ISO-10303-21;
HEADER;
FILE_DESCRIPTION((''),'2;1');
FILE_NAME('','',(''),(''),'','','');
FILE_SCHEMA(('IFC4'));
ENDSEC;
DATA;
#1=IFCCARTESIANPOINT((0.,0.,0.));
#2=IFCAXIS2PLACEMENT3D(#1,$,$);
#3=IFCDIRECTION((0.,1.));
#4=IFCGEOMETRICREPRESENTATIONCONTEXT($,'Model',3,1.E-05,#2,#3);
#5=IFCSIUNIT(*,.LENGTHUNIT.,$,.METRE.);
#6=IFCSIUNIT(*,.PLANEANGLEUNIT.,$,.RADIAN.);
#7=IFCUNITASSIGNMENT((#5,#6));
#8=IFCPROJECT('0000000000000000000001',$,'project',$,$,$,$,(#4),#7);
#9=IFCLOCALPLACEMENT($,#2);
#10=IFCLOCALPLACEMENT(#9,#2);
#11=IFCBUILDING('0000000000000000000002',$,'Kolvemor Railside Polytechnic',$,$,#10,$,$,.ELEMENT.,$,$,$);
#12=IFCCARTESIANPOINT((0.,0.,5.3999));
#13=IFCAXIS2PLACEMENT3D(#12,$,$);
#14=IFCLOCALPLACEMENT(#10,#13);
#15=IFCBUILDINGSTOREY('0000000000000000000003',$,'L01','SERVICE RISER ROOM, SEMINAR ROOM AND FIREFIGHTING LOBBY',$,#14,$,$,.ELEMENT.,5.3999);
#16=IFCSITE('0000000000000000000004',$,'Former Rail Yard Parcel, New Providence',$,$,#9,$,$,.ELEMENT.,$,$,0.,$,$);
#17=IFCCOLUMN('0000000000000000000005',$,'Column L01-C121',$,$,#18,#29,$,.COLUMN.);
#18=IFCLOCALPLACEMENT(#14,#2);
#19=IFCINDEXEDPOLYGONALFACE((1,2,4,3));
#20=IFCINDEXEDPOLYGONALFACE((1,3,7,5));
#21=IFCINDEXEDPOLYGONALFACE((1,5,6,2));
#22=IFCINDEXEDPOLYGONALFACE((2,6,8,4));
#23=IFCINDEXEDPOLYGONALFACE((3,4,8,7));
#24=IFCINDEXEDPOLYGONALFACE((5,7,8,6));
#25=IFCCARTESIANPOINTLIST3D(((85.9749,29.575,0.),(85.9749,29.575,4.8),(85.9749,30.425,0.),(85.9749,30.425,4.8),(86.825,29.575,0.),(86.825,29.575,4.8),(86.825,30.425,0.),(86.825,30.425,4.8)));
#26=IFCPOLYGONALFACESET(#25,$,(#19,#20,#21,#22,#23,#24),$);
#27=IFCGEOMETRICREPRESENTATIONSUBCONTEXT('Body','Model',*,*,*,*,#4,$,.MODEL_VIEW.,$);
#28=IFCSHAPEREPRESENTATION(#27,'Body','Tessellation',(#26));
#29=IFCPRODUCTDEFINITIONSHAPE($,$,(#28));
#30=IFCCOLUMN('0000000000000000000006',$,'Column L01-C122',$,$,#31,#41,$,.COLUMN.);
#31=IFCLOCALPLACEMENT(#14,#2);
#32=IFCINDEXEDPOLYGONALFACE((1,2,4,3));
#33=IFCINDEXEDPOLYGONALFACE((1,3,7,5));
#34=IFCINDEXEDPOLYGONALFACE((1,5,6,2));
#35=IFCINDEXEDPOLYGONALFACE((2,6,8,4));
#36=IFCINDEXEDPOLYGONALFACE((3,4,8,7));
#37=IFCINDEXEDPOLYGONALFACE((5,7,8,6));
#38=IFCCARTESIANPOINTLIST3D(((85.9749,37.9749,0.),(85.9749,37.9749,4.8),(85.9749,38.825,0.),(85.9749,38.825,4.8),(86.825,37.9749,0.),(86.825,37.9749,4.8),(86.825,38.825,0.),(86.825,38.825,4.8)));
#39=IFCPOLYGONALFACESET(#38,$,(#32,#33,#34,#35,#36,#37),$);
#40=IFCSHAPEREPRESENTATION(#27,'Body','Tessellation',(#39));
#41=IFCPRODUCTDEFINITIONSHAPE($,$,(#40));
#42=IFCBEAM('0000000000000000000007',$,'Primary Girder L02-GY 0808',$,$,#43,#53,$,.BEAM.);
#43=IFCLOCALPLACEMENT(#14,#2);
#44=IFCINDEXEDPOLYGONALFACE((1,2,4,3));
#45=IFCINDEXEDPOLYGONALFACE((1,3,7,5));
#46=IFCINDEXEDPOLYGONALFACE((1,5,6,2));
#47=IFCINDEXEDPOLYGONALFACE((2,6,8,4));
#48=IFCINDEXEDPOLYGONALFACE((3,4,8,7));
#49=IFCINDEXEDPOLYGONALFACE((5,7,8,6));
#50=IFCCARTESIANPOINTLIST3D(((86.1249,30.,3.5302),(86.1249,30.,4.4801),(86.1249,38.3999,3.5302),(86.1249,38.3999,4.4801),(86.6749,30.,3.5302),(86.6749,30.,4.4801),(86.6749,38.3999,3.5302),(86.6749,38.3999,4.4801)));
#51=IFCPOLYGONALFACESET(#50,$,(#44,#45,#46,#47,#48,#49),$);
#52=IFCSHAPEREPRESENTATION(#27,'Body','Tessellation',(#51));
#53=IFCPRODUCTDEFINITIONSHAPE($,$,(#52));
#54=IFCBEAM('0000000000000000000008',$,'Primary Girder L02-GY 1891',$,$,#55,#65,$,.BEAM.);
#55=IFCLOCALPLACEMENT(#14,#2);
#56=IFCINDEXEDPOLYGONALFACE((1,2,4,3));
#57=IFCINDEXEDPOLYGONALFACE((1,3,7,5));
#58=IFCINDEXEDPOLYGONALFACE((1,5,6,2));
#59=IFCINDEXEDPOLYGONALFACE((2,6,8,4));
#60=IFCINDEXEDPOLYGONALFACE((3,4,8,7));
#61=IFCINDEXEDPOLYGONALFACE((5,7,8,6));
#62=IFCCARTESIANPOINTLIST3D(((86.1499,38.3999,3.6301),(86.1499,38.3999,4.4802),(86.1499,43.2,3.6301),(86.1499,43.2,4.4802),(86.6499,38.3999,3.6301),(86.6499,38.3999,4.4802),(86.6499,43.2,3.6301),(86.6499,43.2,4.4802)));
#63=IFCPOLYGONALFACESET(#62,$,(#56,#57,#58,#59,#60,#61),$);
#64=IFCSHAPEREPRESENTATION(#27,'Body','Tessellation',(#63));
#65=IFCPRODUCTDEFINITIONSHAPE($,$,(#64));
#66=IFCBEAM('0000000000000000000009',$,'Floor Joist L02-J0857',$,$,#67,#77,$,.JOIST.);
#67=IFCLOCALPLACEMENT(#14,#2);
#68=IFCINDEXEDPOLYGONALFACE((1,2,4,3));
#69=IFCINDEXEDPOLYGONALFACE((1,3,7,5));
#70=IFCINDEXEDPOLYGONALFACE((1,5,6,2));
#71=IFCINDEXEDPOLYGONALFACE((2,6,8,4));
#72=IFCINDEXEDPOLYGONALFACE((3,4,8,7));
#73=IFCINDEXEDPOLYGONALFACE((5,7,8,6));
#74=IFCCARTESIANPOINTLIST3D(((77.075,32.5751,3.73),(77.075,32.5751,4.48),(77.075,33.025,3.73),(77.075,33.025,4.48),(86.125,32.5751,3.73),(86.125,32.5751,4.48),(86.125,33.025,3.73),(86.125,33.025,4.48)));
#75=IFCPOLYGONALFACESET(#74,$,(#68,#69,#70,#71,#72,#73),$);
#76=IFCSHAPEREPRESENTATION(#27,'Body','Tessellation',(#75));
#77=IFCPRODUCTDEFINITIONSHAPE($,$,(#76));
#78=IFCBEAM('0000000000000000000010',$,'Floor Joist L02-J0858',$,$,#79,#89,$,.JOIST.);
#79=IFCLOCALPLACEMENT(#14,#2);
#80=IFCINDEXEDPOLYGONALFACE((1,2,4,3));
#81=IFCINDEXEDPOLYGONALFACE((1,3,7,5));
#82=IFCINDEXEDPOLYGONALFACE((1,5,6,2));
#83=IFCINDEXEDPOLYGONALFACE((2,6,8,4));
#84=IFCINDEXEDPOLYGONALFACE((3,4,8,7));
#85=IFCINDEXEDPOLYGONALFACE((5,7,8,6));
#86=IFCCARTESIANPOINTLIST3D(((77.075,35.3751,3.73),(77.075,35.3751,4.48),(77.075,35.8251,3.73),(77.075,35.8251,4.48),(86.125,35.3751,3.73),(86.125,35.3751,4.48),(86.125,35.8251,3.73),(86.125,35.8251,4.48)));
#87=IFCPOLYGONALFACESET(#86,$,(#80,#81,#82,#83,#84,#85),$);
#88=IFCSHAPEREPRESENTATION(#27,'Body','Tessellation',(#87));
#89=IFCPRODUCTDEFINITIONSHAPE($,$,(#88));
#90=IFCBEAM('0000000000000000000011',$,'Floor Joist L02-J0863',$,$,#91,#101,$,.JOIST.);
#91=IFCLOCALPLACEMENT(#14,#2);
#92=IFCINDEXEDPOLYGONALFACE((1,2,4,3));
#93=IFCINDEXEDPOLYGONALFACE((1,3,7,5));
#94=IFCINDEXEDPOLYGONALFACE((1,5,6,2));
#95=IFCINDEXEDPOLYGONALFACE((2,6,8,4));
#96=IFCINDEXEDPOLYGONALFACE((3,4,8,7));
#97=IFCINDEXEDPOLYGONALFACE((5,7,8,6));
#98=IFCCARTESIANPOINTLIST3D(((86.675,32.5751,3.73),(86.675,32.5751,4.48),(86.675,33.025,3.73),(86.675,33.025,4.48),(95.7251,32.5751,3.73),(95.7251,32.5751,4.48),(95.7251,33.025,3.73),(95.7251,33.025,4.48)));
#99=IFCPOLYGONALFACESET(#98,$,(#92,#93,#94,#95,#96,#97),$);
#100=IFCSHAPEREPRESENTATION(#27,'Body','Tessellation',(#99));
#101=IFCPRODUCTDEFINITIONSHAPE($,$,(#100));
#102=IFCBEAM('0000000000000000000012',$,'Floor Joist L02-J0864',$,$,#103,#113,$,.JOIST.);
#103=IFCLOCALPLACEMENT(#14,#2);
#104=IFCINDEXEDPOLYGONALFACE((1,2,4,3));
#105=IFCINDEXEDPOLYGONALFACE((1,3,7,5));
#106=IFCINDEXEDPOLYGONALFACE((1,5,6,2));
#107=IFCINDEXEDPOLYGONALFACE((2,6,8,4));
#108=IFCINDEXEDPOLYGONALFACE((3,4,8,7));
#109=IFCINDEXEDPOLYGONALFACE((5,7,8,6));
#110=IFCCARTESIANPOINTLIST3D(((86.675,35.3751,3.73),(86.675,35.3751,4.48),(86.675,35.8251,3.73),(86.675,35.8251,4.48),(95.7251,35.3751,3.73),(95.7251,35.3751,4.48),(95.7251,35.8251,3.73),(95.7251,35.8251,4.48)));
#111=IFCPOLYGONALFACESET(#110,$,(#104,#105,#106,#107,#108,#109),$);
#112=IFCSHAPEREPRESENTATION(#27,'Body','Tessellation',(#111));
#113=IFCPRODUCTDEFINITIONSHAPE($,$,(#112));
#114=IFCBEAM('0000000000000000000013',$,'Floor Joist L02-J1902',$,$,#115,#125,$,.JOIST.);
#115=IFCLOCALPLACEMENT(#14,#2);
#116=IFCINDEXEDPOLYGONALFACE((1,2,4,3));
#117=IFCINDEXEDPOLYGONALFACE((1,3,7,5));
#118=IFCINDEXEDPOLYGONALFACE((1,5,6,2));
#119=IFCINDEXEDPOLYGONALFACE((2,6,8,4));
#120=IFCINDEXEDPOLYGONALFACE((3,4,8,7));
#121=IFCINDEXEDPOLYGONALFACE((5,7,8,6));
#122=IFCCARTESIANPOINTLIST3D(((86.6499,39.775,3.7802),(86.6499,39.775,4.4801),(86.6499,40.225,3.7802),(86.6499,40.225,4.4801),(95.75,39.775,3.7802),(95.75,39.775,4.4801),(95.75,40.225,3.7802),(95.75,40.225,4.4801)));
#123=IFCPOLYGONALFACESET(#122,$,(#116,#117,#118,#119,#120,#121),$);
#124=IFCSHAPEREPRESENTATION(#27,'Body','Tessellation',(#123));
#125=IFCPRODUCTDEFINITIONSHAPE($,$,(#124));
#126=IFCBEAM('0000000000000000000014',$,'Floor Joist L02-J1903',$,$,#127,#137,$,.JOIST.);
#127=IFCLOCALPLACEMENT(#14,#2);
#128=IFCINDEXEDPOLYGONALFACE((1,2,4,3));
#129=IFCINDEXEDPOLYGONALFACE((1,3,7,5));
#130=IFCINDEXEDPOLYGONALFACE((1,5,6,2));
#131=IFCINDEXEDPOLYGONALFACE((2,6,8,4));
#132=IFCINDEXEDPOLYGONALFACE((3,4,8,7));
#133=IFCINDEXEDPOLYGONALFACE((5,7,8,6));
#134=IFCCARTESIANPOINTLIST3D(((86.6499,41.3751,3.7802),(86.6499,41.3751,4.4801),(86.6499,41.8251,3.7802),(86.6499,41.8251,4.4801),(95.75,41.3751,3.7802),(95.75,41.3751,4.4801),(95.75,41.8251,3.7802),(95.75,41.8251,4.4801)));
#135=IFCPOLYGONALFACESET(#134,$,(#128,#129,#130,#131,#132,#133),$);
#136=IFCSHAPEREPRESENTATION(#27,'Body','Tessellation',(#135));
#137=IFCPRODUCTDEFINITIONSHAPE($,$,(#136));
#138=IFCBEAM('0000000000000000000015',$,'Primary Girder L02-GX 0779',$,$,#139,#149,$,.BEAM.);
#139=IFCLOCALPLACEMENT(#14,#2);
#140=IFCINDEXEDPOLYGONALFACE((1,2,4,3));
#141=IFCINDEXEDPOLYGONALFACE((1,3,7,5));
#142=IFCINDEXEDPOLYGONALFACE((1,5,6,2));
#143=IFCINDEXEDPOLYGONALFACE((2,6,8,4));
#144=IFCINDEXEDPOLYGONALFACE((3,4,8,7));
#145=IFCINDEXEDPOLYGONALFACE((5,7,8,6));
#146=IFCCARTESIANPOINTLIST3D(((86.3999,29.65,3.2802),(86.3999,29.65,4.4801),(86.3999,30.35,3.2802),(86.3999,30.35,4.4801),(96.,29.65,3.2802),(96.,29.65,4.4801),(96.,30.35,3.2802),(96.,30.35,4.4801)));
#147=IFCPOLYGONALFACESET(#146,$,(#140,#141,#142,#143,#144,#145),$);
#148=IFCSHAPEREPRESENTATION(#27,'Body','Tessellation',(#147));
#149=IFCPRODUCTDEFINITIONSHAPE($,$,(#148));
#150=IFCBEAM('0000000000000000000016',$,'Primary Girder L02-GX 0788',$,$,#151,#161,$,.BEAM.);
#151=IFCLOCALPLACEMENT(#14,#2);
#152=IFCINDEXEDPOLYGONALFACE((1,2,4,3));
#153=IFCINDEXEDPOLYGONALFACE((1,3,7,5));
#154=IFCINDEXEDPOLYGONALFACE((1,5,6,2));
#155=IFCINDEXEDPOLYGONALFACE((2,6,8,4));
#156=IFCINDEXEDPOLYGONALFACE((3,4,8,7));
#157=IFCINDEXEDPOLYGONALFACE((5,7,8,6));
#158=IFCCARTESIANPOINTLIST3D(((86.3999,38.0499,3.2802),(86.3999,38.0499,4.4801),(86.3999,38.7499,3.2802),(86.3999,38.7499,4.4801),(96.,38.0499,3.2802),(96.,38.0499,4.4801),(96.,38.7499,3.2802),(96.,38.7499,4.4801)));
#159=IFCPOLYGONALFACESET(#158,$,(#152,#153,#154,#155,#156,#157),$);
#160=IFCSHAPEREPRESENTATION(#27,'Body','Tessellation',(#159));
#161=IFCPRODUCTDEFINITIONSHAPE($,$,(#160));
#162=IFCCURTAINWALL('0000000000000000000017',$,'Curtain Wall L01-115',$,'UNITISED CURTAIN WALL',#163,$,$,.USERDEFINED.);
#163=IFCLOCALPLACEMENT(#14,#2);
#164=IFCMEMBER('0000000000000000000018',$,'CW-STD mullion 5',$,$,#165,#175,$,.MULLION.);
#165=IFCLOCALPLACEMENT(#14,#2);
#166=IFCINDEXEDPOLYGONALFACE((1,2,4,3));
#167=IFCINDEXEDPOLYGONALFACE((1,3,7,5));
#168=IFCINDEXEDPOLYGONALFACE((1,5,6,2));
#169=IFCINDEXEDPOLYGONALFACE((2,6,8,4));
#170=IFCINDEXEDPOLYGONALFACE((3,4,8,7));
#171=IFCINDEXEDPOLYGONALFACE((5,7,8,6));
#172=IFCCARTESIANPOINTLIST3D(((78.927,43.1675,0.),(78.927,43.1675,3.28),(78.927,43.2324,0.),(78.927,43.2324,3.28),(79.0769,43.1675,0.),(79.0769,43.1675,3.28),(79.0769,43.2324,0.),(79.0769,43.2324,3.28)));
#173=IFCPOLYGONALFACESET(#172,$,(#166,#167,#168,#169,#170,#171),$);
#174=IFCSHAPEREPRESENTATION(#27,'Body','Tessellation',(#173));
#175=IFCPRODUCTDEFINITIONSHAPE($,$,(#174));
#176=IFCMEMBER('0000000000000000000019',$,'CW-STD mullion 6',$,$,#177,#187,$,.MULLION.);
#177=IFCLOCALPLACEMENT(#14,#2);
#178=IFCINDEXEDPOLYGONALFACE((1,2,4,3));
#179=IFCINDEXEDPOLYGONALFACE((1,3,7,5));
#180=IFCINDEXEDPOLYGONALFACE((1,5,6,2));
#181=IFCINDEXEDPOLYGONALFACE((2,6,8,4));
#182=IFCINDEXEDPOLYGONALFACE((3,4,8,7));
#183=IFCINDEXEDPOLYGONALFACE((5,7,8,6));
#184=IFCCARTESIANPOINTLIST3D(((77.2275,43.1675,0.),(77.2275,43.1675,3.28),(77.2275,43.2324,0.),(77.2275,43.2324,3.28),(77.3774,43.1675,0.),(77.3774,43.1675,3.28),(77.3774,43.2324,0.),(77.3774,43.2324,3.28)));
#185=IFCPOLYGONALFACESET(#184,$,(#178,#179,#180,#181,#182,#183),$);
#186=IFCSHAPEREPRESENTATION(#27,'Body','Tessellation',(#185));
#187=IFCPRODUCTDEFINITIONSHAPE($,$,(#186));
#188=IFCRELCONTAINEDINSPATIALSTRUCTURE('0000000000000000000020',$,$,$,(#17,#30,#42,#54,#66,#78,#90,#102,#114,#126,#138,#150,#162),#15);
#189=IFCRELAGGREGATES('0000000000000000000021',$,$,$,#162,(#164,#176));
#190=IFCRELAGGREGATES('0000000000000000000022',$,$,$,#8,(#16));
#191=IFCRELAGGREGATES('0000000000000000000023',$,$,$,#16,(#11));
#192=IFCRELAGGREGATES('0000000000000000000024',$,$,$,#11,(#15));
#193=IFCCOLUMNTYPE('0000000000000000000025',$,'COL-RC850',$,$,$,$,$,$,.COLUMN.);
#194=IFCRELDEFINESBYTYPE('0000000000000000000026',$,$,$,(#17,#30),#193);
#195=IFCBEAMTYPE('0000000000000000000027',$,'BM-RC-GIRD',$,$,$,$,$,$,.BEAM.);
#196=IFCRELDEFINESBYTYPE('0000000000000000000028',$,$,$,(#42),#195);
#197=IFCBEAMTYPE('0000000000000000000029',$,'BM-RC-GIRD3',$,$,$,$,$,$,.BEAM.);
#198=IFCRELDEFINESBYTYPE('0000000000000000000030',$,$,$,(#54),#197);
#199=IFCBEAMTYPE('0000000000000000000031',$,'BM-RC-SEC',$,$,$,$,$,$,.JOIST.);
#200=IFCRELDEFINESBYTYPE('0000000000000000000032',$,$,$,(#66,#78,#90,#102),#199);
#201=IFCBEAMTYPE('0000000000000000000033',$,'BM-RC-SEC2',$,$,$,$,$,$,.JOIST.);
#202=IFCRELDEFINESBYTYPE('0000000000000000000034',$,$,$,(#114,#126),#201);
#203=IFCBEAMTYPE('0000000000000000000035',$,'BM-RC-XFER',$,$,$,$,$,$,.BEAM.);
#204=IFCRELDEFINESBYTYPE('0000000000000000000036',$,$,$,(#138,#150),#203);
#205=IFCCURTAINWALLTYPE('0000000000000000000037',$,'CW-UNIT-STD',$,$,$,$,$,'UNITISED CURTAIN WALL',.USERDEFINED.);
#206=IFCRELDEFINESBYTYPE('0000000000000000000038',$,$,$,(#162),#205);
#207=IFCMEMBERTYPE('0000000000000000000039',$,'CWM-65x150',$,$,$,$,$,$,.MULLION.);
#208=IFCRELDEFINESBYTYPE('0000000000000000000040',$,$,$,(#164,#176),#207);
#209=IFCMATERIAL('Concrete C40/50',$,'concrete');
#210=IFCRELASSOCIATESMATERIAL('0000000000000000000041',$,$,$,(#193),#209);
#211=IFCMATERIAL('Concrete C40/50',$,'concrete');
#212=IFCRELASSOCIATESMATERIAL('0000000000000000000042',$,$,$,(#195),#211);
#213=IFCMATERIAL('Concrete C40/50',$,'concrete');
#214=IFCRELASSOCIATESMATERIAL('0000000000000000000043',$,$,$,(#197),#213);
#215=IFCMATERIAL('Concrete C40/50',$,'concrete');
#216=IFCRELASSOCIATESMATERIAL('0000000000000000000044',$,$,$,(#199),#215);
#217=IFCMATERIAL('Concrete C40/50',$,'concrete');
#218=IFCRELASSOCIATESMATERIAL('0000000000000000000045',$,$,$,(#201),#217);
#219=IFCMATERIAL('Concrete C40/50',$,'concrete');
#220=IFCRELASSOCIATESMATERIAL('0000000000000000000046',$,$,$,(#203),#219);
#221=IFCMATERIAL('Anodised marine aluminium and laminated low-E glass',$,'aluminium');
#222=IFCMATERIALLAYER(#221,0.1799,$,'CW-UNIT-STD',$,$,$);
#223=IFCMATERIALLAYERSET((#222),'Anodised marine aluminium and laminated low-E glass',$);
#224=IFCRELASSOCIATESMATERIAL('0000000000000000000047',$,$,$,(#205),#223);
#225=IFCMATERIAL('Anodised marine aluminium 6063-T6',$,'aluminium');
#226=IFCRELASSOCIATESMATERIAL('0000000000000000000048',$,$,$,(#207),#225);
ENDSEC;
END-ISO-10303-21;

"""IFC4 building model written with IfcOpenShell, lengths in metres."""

from ifc_helpers import new_model, si_unit, direction, frame, origin, origin_2d, place, context, subcontext, project, spatial, rectangle, extrude, material, layer, layer_set, material_profile, profile_set, type_object, element, aggregate, save


model = new_model("IFC4")

# Units and contexts
model_context = context("Model", 3, precision=1e-05, world=origin(), true_north=direction((0.0, 1.0)))
body_context = subcontext(model_context, "Body", "Model", "MODEL_VIEW")
ifc_project = project(units=[si_unit("LENGTHUNIT", "METRE"), si_unit("PLANEANGLEUNIT", "RADIAN")], contexts=[model_context])

# Site, building, storey
site_placement = place(None, origin())
site = spatial("IfcSite", under=ifc_project, at=site_placement, Name="Former Rail Yard Parcel, New Providence", CompositionType="ELEMENT", RefElevation=0.0)
building_placement = place(site_placement, origin())
building = spatial("IfcBuilding", under=site, at=building_placement, Name="Kolvemor Railside Polytechnic", CompositionType="ELEMENT")
storey_placement = place(building_placement, frame((0.0, 0.0, 5.3999)))
storey = spatial("IfcBuildingStorey", under=building, at=storey_placement, Name="L01", Description="SERVICE RISER ROOM, SEMINAR ROOM AND FIREFIGHTING LOBBY", CompositionType="ELEMENT", Elevation=5.3999)

# Columns
ifc_material_1 = material(Name="Concrete C40/50", Category="concrete")
ifc_material_profile_1 = material_profile(ifc_material_1, rectangle(XDim=0.8501, YDim=0.8501, at=origin_2d()), Name="RC850x850")
ifc_profile_set_1 = profile_set([ifc_material_profile_1], Name="Concrete C40/50")
column_type = type_object("IfcColumnType", Name="COL-RC850", PredefinedType="COLUMN", material=ifc_profile_set_1)
for number, where, z_axis, x_axis, name in (
    (1, (86.3999, 30.0, 0.0), (0.0, 0.0, 1.0), (1.0, 0.0, 0.0), "Column L01-C121"),
    (2, (86.3999, 38.3999, 0.0), (0.0, 0.0, 1.0), (1.0, 0.0, 0.0), "Column L01-C122"),
):
    element("IfcColumn", number, at=place(storey_placement, frame(where, z_axis=z_axis, x_axis=x_axis)), inside=storey, type_object=column_type, Name=name, PredefinedType="COLUMN", context=body_context, shape_type="SweptSolid", body=[
        extrude(rectangle(XDim=0.8501, YDim=0.8501, at=origin_2d()), origin(), (0.0, 0.0, 1.0), 4.8),
    ])

# Beams
ifc_material_2 = material(Name="Concrete C40/50", Category="concrete")
ifc_material_profile_2 = material_profile(ifc_material_2, rectangle(XDim=0.55, YDim=0.95, at=origin_2d()), Name="RC550x950")
ifc_profile_set_2 = profile_set([ifc_material_profile_2], Name="Concrete C40/50")
beam_type_1 = type_object("IfcBeamType", Name="BM-RC-GIRD", PredefinedType="BEAM", material=ifc_profile_set_2)
beam_1_placement = place(storey_placement, frame((86.3999, 30.0, 4.0051), z_axis=(0.0, 1.0, 0.0), x_axis=(-1.0, 0.0, 0.0)))
element("IfcBeam", 3, at=beam_1_placement, inside=storey, type_object=beam_type_1, Name="Primary Girder L02-GY 0808", PredefinedType="BEAM", context=body_context, shape_type="SweptSolid", body=[
    extrude(rectangle(XDim=0.55, YDim=0.95, at=origin_2d()), origin(), (0.0, 0.0, 1.0), 8.3999),
])
ifc_material_3 = material(Name="Concrete C40/50", Category="concrete")
ifc_material_profile_3 = material_profile(ifc_material_3, rectangle(XDim=0.5, YDim=0.8501, at=origin_2d()), Name="RC500x850")
ifc_profile_set_3 = profile_set([ifc_material_profile_3], Name="Concrete C40/50")
beam_type_2 = type_object("IfcBeamType", Name="BM-RC-GIRD3", PredefinedType="BEAM", material=ifc_profile_set_3)
beam_2_placement = place(storey_placement, frame((86.3999, 38.3999, 4.0552), z_axis=(0.0, 1.0, 0.0), x_axis=(-1.0, 0.0, 0.0)))
element("IfcBeam", 4, at=beam_2_placement, inside=storey, type_object=beam_type_2, Name="Primary Girder L02-GY 1891", PredefinedType="BEAM", context=body_context, shape_type="SweptSolid", body=[
    extrude(rectangle(XDim=0.5, YDim=0.8501, at=origin_2d()), origin(), (0.0, 0.0, 1.0), 4.8),
])
ifc_material_4 = material(Name="Concrete C40/50", Category="concrete")
ifc_material_profile_4 = material_profile(ifc_material_4, rectangle(XDim=0.45, YDim=0.75, at=origin_2d()), Name="RC450x750")
ifc_profile_set_4 = profile_set([ifc_material_profile_4], Name="Concrete C40/50")
beam_type_3 = type_object("IfcBeamType", Name="BM-RC-SEC", PredefinedType="JOIST", material=ifc_profile_set_4)
for number, where, z_axis, x_axis, name in (
    (5, (77.075, 32.8, 4.105), (1.0, 0.0, 0.0), (0.0, 1.0, 0.0), "Floor Joist L02-J0857"),
    (6, (77.075, 35.6001, 4.105), (1.0, 0.0, 0.0), (0.0, 1.0, 0.0), "Floor Joist L02-J0858"),
    (7, (86.675, 32.8, 4.105), (1.0, 0.0, 0.0), (0.0, 1.0, 0.0), "Floor Joist L02-J0863"),
    (8, (86.675, 35.6001, 4.105), (1.0, 0.0, 0.0), (0.0, 1.0, 0.0), "Floor Joist L02-J0864"),
):
    element("IfcBeam", number, at=place(storey_placement, frame(where, z_axis=z_axis, x_axis=x_axis)), inside=storey, type_object=beam_type_3, Name=name, PredefinedType="JOIST", context=body_context, shape_type="SweptSolid", body=[
        extrude(rectangle(XDim=0.45, YDim=0.75, at=origin_2d()), origin(), (0.0, 0.0, 1.0), 9.05),
    ])
ifc_material_5 = material(Name="Concrete C40/50", Category="concrete")
ifc_material_profile_5 = material_profile(ifc_material_5, rectangle(XDim=0.45, YDim=0.7, at=origin_2d()), Name="RC450x700")
ifc_profile_set_5 = profile_set([ifc_material_profile_5], Name="Concrete C40/50")
beam_type_4 = type_object("IfcBeamType", Name="BM-RC-SEC2", PredefinedType="JOIST", material=ifc_profile_set_5)
for number, where, z_axis, x_axis, name in (
    (9, (86.6499, 40.0, 4.1301), (1.0, 0.0, 0.0), (0.0, 1.0, 0.0), "Floor Joist L02-J1902"),
    (10, (86.6499, 41.6001, 4.1301), (1.0, 0.0, 0.0), (0.0, 1.0, 0.0), "Floor Joist L02-J1903"),
):
    element("IfcBeam", number, at=place(storey_placement, frame(where, z_axis=z_axis, x_axis=x_axis)), inside=storey, type_object=beam_type_4, Name=name, PredefinedType="JOIST", context=body_context, shape_type="SweptSolid", body=[
        extrude(rectangle(XDim=0.45, YDim=0.7, at=origin_2d()), origin(), (0.0, 0.0, 1.0), 9.1001),
    ])
ifc_material_6 = material(Name="Concrete C40/50", Category="concrete")
ifc_material_profile_6 = material_profile(ifc_material_6, rectangle(XDim=0.7, YDim=1.2, at=origin_2d()), Name="RC700x1200")
ifc_profile_set_6 = profile_set([ifc_material_profile_6], Name="Concrete C40/50")
beam_type_5 = type_object("IfcBeamType", Name="BM-RC-XFER", PredefinedType="BEAM", material=ifc_profile_set_6)
for number, where, z_axis, x_axis, name in (
    (11, (86.3999, 30.0, 3.8801), (1.0, 0.0, 0.0), (0.0, 1.0, 0.0), "Primary Girder L02-GX 0779"),
    (12, (86.3999, 38.3999, 3.8801), (1.0, 0.0, 0.0), (0.0, 1.0, 0.0), "Primary Girder L02-GX 0788"),
):
    element("IfcBeam", number, at=place(storey_placement, frame(where, z_axis=z_axis, x_axis=x_axis)), inside=storey, type_object=beam_type_5, Name=name, PredefinedType="BEAM", context=body_context, shape_type="SweptSolid", body=[
        extrude(rectangle(XDim=0.7, YDim=1.2, at=origin_2d()), origin(), (0.0, 0.0, 1.0), 9.6001),
    ])

# Curtain wall, members
ifc_material_7 = material(Name="Anodised marine aluminium and laminated low-E glass", Category="aluminium")
ifc_layer_1 = layer(ifc_material_7, 0.1799, Name="CW-UNIT-STD")
ifc_layer_set_1 = layer_set([ifc_layer_1], Name="Anodised marine aluminium and laminated low-E glass")
curtain_wall_type = type_object("IfcCurtainWallType", Name="CW-UNIT-STD", ElementType="UNITISED CURTAIN WALL", PredefinedType="USERDEFINED", material=ifc_layer_set_1)
curtain_wall_placement = place(storey_placement, origin())
curtain_wall = element("IfcCurtainWall", 13, at=curtain_wall_placement, inside=storey, type_object=curtain_wall_type, Name="Curtain Wall L01-115", ObjectType="UNITISED CURTAIN WALL", PredefinedType="USERDEFINED")
ifc_material_8 = material(Name="Anodised marine aluminium 6063-T6", Category="aluminium")
ifc_material_profile_7 = material_profile(ifc_material_8, rectangle(XDim=0.0649, YDim=0.1499, at=origin_2d()), Name="CW-MUL-65x150")
ifc_profile_set_7 = profile_set([ifc_material_profile_7], Name="Anodised marine aluminium 6063-T6")
member_type_1 = type_object("IfcMemberType", Name="CWM-65x150", PredefinedType="MULLION", material=ifc_profile_set_7)
member_1_placement = place(storey_placement, frame((79.002, 43.2, 0.0), z_axis=(0.0, 0.0, 1.0), x_axis=(0.0, -1.0, 0.0)))
member_1 = element("IfcMember", 14, at=member_1_placement, type_object=member_type_1, Name="CW-STD mullion 5", PredefinedType="MULLION", context=body_context, shape_type="SweptSolid", body=[
    extrude(rectangle(XDim=0.0649, YDim=0.1499, at=origin_2d()), origin(), (0.0, 0.0, 1.0), 3.28),
])
member_2_placement = place(storey_placement, frame((77.3025, 43.2, 0.0), z_axis=(0.0, 0.0, 1.0), x_axis=(0.0, -1.0, 0.0)))
member_2 = element("IfcMember", 15, at=member_2_placement, type_object=member_type_1, Name="CW-STD mullion 6", PredefinedType="MULLION", context=body_context, shape_type="SweptSolid", body=[
    extrude(rectangle(XDim=0.0649, YDim=0.1499, at=origin_2d()), origin(), (0.0, 0.0, 1.0), 3.28),
])
aggregate(curtain_wall, [member_1, member_2])

save(model, "model.ifc")
